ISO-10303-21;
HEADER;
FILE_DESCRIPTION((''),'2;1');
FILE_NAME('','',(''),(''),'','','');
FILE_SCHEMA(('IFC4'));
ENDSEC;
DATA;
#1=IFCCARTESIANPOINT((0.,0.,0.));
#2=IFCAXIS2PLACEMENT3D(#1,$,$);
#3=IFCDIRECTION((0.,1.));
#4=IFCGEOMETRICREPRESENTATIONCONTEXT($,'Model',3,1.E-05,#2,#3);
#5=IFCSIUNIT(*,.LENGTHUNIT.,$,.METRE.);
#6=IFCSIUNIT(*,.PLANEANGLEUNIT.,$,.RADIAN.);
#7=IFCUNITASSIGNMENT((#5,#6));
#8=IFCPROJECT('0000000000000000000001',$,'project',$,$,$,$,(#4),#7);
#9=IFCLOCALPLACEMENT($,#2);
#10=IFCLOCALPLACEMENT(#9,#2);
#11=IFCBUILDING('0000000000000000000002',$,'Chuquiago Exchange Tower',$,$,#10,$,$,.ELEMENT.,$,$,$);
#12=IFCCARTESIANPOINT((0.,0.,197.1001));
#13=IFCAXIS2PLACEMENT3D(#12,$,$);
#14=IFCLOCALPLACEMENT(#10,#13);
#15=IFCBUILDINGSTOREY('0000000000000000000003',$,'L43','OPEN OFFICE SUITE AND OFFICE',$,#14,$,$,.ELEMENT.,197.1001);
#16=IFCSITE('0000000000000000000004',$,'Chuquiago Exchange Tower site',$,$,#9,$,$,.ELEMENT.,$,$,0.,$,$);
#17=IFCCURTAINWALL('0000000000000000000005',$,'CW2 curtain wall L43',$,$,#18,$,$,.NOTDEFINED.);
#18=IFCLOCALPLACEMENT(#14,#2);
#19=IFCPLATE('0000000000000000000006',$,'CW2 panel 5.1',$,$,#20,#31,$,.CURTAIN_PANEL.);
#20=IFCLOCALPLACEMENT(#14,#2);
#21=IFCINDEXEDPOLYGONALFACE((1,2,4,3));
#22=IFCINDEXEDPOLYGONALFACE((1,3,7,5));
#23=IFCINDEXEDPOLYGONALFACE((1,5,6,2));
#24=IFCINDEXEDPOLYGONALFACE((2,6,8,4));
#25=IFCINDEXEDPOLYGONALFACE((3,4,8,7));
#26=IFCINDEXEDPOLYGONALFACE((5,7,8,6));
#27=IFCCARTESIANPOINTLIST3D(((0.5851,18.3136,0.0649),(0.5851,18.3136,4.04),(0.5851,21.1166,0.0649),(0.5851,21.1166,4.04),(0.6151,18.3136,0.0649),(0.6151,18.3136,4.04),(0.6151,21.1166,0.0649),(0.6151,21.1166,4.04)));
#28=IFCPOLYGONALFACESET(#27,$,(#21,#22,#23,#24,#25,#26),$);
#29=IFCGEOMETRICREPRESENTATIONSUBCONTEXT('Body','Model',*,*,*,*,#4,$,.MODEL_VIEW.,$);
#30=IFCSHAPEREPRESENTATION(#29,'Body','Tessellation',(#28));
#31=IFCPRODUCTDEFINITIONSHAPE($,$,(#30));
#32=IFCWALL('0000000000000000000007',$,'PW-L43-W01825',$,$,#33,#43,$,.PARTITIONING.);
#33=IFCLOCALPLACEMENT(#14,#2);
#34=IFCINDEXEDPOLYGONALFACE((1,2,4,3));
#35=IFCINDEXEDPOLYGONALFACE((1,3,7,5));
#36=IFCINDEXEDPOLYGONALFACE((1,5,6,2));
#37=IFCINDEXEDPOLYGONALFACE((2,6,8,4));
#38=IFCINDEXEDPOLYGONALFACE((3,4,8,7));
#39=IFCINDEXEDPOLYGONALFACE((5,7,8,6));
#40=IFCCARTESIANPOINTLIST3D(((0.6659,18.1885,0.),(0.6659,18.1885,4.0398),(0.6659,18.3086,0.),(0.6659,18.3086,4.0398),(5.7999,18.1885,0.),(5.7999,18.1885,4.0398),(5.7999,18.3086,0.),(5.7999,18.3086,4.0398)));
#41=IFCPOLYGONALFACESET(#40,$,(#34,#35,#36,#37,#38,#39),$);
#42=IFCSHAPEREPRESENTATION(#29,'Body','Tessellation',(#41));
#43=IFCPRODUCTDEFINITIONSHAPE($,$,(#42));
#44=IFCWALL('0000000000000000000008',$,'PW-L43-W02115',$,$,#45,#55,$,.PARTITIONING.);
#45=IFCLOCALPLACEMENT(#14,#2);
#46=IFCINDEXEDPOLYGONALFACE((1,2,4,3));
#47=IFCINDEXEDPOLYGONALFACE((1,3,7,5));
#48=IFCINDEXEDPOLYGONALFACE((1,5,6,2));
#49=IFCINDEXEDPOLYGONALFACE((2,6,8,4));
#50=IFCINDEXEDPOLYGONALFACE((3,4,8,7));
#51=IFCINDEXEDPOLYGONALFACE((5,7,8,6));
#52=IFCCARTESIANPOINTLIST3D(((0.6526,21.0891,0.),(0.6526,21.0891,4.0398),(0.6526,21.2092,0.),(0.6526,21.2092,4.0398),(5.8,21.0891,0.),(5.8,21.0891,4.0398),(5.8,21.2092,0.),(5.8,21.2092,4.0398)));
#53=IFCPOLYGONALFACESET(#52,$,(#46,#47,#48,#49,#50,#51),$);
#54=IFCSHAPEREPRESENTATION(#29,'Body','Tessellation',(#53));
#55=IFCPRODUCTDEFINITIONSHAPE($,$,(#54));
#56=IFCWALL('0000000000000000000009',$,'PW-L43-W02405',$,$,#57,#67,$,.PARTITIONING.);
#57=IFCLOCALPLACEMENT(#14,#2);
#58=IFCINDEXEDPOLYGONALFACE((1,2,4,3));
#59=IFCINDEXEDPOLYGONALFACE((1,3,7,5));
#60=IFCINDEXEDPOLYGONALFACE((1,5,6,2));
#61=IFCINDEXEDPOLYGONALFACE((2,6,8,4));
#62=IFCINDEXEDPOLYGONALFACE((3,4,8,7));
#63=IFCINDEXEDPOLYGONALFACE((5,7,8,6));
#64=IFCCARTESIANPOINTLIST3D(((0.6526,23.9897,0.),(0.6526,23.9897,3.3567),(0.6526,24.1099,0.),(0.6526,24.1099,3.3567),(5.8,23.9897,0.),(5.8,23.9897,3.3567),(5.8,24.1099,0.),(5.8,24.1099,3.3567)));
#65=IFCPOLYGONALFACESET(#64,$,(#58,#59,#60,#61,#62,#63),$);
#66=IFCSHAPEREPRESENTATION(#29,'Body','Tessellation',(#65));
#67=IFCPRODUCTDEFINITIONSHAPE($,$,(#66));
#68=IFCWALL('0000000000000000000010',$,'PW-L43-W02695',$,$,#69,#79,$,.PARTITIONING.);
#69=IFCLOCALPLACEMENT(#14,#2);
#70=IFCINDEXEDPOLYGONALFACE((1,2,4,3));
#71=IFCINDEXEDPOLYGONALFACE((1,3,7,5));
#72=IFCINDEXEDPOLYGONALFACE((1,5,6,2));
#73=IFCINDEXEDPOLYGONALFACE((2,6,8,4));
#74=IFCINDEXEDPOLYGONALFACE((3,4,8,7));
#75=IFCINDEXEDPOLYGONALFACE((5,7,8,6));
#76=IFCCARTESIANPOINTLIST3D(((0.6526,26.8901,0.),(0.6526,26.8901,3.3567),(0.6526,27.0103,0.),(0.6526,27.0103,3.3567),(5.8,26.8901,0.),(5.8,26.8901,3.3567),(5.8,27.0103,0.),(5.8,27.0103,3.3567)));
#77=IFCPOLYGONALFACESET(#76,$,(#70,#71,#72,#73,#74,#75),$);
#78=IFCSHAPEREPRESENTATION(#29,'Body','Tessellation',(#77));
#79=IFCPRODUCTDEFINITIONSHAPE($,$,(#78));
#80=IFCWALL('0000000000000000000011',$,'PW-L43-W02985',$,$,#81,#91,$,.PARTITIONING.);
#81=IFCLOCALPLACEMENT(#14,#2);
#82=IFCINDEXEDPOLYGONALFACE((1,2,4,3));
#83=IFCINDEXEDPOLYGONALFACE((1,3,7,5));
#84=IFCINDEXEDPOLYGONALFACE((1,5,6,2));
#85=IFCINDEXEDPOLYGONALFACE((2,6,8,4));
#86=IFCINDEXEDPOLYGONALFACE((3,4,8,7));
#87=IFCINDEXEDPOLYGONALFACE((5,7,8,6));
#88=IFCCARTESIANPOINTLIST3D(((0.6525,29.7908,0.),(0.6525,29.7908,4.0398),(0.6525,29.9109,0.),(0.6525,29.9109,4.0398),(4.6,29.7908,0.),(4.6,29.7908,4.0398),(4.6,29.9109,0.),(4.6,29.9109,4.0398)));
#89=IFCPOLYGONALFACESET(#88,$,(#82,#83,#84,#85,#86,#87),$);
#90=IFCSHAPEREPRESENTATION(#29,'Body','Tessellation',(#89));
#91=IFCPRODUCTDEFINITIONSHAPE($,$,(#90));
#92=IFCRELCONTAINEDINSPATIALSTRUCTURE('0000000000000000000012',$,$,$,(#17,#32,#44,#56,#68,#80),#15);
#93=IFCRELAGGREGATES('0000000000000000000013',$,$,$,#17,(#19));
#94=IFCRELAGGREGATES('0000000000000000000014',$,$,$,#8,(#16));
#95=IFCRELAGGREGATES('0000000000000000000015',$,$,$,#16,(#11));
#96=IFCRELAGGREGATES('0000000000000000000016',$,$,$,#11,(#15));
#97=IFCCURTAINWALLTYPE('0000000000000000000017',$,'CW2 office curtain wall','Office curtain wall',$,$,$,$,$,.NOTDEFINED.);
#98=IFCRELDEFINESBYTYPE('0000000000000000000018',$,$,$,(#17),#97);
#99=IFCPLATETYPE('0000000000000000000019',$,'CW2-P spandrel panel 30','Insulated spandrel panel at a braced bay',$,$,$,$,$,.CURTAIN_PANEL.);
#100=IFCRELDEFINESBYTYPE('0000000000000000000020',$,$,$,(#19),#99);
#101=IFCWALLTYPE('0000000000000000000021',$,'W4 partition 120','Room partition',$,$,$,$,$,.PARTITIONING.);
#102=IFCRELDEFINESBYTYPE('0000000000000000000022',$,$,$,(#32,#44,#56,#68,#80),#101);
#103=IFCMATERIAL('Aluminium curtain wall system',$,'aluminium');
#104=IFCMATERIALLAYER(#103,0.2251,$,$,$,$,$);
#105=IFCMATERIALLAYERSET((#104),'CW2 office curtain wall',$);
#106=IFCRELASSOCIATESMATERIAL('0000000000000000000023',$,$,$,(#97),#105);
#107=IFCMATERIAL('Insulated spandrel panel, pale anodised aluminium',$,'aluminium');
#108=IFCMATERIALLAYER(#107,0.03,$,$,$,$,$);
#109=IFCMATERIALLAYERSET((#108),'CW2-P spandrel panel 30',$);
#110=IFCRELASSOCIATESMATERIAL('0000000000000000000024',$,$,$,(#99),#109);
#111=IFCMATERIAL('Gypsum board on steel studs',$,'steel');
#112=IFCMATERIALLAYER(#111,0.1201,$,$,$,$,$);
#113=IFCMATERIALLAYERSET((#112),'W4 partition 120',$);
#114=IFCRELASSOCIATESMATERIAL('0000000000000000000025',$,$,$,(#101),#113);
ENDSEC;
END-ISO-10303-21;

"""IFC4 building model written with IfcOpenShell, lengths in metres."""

from ifc_helpers import new_model, si_unit, direction, frame, frame_2d, origin, origin_2d, place, context, subcontext, project, spatial, rectangle, extrude, material, layer, layer_set, type_object, element, aggregate, save


model = new_model("IFC4")

# Units and contexts
model_context = context("Model", 3, precision=1e-05, world=origin(), true_north=direction((0.0, 1.0)))
body_context = subcontext(model_context, "Body", "Model", "MODEL_VIEW")
ifc_project = project(units=[si_unit("LENGTHUNIT", "METRE"), si_unit("PLANEANGLEUNIT", "RADIAN")], contexts=[model_context])

# Site, building, storey
site_placement = place(None, origin())
site = spatial("IfcSite", under=ifc_project, at=site_placement, Name="Chuquiago Exchange Tower site", CompositionType="ELEMENT", RefElevation=0.0)
building_placement = place(site_placement, origin())
building = spatial("IfcBuilding", under=site, at=building_placement, Name="Chuquiago Exchange Tower", CompositionType="ELEMENT")
storey_placement = place(building_placement, frame((0.0, 0.0, 197.1001)))
storey = spatial("IfcBuildingStorey", under=building, at=storey_placement, Name="L43", Description="OPEN OFFICE SUITE AND OFFICE", CompositionType="ELEMENT", Elevation=197.1001)

# Curtain wall
ifc_material_1 = material(Name="Aluminium curtain wall system", Category="aluminium")
ifc_layer_1 = layer(ifc_material_1, 0.2251)
ifc_layer_set_1 = layer_set([ifc_layer_1], Name="CW2 office curtain wall")
curtain_wall_type = type_object("IfcCurtainWallType", Name="CW2 office curtain wall", Description="Office curtain wall", PredefinedType="NOTDEFINED", material=ifc_layer_set_1)
curtain_wall_placement = place(storey_placement, origin())
curtain_wall = element("IfcCurtainWall", 1, at=curtain_wall_placement, inside=storey, type_object=curtain_wall_type, Name="CW2 curtain wall L43", PredefinedType="NOTDEFINED")

# Plate
ifc_material_2 = material(Name="Insulated spandrel panel, pale anodised aluminium", Category="aluminium")
ifc_layer_2 = layer(ifc_material_2, 0.03)
ifc_layer_set_2 = layer_set([ifc_layer_2], Name="CW2-P spandrel panel 30")
plate_type_1 = type_object("IfcPlateType", Name="CW2-P spandrel panel 30", Description="Insulated spandrel panel at a braced bay", PredefinedType="CURTAIN_PANEL", material=ifc_layer_set_2)
plate_1_placement = place(storey_placement, frame((0.6001, 19.7151, 0.0649), z_axis=(0.0, 0.0, 1.0), x_axis=(0.0, -1.0, 0.0)))
plate_1 = element("IfcPlate", 2, at=plate_1_placement, type_object=plate_type_1, Name="CW2 panel 5.1", PredefinedType="CURTAIN_PANEL", context=body_context, shape_type="SweptSolid", body=[
    extrude(rectangle(XDim=2.803, YDim=0.03, at=origin_2d()), origin(), (0.0, 0.0, 1.0), 3.9751),
])
aggregate(curtain_wall, [plate_1])

# Walls
ifc_material_3 = material(Name="Gypsum board on steel studs", Category="steel")
ifc_layer_3 = layer(ifc_material_3, 0.1201)
ifc_layer_set_3 = layer_set([ifc_layer_3], Name="W4 partition 120")
wall_type = type_object("IfcWallType", Name="W4 partition 120", Description="Room partition", PredefinedType="PARTITIONING", material=ifc_layer_set_3)
wall_1_placement = place(storey_placement, frame((0.666, 18.2485, 0.0), z_axis=(0.0, 0.0, 1.0), x_axis=(1.0, 0.0, 0.0)))
element("IfcWall", 3, at=wall_1_placement, inside=storey, type_object=wall_type, Name="PW-L43-W01825", PredefinedType="PARTITIONING", context=body_context, shape_type="SweptSolid", body=[
    extrude(rectangle(XDim=5.134, YDim=0.1201, at=frame_2d((2.5669, 0.0))), origin(), (0.0, 0.0, 1.0), 4.0398),
])
wall_2_placement = place(storey_placement, frame((0.6526, 21.1492, 0.0), z_axis=(0.0, 0.0, 1.0), x_axis=(1.0, 0.0, 0.0)))
element("IfcWall", 4, at=wall_2_placement, inside=storey, type_object=wall_type, Name="PW-L43-W02115", PredefinedType="PARTITIONING", context=body_context, shape_type="SweptSolid", body=[
    extrude(rectangle(XDim=5.1475, YDim=0.1201, at=frame_2d((2.5737, 0.0))), origin(), (0.0, 0.0, 1.0), 4.0398),
])
for number, where, z_axis, x_axis, name in (
    (5, (0.6526, 24.0498, 0.0), (0.0, 0.0, 1.0), (1.0, 0.0, 0.0), "PW-L43-W02405"),
    (6, (0.6526, 26.9502, 0.0), (0.0, 0.0, 1.0), (1.0, 0.0, 0.0), "PW-L43-W02695"),
):
    element("IfcWall", number, at=place(storey_placement, frame(where, z_axis=z_axis, x_axis=x_axis)), inside=storey, type_object=wall_type, Name=name, PredefinedType="PARTITIONING", context=body_context, shape_type="SweptSolid", body=[
        extrude(rectangle(XDim=5.1475, YDim=0.1201, at=frame_2d((2.5737, 0.0))), origin(), (0.0, 0.0, 1.0), 3.3567),
    ])
wall_3_placement = place(storey_placement, frame((0.6526, 29.8508, 0.0), z_axis=(0.0, 0.0, 1.0), x_axis=(1.0, 0.0, 0.0)))
element("IfcWall", 7, at=wall_3_placement, inside=storey, type_object=wall_type, Name="PW-L43-W02985", PredefinedType="PARTITIONING", context=body_context, shape_type="SweptSolid", body=[
    extrude(rectangle(XDim=3.9475, YDim=0.1201, at=frame_2d((1.9736, 0.0))), origin(), (0.0, 0.0, 1.0), 4.0398),
])

save(model, "model.ifc")
